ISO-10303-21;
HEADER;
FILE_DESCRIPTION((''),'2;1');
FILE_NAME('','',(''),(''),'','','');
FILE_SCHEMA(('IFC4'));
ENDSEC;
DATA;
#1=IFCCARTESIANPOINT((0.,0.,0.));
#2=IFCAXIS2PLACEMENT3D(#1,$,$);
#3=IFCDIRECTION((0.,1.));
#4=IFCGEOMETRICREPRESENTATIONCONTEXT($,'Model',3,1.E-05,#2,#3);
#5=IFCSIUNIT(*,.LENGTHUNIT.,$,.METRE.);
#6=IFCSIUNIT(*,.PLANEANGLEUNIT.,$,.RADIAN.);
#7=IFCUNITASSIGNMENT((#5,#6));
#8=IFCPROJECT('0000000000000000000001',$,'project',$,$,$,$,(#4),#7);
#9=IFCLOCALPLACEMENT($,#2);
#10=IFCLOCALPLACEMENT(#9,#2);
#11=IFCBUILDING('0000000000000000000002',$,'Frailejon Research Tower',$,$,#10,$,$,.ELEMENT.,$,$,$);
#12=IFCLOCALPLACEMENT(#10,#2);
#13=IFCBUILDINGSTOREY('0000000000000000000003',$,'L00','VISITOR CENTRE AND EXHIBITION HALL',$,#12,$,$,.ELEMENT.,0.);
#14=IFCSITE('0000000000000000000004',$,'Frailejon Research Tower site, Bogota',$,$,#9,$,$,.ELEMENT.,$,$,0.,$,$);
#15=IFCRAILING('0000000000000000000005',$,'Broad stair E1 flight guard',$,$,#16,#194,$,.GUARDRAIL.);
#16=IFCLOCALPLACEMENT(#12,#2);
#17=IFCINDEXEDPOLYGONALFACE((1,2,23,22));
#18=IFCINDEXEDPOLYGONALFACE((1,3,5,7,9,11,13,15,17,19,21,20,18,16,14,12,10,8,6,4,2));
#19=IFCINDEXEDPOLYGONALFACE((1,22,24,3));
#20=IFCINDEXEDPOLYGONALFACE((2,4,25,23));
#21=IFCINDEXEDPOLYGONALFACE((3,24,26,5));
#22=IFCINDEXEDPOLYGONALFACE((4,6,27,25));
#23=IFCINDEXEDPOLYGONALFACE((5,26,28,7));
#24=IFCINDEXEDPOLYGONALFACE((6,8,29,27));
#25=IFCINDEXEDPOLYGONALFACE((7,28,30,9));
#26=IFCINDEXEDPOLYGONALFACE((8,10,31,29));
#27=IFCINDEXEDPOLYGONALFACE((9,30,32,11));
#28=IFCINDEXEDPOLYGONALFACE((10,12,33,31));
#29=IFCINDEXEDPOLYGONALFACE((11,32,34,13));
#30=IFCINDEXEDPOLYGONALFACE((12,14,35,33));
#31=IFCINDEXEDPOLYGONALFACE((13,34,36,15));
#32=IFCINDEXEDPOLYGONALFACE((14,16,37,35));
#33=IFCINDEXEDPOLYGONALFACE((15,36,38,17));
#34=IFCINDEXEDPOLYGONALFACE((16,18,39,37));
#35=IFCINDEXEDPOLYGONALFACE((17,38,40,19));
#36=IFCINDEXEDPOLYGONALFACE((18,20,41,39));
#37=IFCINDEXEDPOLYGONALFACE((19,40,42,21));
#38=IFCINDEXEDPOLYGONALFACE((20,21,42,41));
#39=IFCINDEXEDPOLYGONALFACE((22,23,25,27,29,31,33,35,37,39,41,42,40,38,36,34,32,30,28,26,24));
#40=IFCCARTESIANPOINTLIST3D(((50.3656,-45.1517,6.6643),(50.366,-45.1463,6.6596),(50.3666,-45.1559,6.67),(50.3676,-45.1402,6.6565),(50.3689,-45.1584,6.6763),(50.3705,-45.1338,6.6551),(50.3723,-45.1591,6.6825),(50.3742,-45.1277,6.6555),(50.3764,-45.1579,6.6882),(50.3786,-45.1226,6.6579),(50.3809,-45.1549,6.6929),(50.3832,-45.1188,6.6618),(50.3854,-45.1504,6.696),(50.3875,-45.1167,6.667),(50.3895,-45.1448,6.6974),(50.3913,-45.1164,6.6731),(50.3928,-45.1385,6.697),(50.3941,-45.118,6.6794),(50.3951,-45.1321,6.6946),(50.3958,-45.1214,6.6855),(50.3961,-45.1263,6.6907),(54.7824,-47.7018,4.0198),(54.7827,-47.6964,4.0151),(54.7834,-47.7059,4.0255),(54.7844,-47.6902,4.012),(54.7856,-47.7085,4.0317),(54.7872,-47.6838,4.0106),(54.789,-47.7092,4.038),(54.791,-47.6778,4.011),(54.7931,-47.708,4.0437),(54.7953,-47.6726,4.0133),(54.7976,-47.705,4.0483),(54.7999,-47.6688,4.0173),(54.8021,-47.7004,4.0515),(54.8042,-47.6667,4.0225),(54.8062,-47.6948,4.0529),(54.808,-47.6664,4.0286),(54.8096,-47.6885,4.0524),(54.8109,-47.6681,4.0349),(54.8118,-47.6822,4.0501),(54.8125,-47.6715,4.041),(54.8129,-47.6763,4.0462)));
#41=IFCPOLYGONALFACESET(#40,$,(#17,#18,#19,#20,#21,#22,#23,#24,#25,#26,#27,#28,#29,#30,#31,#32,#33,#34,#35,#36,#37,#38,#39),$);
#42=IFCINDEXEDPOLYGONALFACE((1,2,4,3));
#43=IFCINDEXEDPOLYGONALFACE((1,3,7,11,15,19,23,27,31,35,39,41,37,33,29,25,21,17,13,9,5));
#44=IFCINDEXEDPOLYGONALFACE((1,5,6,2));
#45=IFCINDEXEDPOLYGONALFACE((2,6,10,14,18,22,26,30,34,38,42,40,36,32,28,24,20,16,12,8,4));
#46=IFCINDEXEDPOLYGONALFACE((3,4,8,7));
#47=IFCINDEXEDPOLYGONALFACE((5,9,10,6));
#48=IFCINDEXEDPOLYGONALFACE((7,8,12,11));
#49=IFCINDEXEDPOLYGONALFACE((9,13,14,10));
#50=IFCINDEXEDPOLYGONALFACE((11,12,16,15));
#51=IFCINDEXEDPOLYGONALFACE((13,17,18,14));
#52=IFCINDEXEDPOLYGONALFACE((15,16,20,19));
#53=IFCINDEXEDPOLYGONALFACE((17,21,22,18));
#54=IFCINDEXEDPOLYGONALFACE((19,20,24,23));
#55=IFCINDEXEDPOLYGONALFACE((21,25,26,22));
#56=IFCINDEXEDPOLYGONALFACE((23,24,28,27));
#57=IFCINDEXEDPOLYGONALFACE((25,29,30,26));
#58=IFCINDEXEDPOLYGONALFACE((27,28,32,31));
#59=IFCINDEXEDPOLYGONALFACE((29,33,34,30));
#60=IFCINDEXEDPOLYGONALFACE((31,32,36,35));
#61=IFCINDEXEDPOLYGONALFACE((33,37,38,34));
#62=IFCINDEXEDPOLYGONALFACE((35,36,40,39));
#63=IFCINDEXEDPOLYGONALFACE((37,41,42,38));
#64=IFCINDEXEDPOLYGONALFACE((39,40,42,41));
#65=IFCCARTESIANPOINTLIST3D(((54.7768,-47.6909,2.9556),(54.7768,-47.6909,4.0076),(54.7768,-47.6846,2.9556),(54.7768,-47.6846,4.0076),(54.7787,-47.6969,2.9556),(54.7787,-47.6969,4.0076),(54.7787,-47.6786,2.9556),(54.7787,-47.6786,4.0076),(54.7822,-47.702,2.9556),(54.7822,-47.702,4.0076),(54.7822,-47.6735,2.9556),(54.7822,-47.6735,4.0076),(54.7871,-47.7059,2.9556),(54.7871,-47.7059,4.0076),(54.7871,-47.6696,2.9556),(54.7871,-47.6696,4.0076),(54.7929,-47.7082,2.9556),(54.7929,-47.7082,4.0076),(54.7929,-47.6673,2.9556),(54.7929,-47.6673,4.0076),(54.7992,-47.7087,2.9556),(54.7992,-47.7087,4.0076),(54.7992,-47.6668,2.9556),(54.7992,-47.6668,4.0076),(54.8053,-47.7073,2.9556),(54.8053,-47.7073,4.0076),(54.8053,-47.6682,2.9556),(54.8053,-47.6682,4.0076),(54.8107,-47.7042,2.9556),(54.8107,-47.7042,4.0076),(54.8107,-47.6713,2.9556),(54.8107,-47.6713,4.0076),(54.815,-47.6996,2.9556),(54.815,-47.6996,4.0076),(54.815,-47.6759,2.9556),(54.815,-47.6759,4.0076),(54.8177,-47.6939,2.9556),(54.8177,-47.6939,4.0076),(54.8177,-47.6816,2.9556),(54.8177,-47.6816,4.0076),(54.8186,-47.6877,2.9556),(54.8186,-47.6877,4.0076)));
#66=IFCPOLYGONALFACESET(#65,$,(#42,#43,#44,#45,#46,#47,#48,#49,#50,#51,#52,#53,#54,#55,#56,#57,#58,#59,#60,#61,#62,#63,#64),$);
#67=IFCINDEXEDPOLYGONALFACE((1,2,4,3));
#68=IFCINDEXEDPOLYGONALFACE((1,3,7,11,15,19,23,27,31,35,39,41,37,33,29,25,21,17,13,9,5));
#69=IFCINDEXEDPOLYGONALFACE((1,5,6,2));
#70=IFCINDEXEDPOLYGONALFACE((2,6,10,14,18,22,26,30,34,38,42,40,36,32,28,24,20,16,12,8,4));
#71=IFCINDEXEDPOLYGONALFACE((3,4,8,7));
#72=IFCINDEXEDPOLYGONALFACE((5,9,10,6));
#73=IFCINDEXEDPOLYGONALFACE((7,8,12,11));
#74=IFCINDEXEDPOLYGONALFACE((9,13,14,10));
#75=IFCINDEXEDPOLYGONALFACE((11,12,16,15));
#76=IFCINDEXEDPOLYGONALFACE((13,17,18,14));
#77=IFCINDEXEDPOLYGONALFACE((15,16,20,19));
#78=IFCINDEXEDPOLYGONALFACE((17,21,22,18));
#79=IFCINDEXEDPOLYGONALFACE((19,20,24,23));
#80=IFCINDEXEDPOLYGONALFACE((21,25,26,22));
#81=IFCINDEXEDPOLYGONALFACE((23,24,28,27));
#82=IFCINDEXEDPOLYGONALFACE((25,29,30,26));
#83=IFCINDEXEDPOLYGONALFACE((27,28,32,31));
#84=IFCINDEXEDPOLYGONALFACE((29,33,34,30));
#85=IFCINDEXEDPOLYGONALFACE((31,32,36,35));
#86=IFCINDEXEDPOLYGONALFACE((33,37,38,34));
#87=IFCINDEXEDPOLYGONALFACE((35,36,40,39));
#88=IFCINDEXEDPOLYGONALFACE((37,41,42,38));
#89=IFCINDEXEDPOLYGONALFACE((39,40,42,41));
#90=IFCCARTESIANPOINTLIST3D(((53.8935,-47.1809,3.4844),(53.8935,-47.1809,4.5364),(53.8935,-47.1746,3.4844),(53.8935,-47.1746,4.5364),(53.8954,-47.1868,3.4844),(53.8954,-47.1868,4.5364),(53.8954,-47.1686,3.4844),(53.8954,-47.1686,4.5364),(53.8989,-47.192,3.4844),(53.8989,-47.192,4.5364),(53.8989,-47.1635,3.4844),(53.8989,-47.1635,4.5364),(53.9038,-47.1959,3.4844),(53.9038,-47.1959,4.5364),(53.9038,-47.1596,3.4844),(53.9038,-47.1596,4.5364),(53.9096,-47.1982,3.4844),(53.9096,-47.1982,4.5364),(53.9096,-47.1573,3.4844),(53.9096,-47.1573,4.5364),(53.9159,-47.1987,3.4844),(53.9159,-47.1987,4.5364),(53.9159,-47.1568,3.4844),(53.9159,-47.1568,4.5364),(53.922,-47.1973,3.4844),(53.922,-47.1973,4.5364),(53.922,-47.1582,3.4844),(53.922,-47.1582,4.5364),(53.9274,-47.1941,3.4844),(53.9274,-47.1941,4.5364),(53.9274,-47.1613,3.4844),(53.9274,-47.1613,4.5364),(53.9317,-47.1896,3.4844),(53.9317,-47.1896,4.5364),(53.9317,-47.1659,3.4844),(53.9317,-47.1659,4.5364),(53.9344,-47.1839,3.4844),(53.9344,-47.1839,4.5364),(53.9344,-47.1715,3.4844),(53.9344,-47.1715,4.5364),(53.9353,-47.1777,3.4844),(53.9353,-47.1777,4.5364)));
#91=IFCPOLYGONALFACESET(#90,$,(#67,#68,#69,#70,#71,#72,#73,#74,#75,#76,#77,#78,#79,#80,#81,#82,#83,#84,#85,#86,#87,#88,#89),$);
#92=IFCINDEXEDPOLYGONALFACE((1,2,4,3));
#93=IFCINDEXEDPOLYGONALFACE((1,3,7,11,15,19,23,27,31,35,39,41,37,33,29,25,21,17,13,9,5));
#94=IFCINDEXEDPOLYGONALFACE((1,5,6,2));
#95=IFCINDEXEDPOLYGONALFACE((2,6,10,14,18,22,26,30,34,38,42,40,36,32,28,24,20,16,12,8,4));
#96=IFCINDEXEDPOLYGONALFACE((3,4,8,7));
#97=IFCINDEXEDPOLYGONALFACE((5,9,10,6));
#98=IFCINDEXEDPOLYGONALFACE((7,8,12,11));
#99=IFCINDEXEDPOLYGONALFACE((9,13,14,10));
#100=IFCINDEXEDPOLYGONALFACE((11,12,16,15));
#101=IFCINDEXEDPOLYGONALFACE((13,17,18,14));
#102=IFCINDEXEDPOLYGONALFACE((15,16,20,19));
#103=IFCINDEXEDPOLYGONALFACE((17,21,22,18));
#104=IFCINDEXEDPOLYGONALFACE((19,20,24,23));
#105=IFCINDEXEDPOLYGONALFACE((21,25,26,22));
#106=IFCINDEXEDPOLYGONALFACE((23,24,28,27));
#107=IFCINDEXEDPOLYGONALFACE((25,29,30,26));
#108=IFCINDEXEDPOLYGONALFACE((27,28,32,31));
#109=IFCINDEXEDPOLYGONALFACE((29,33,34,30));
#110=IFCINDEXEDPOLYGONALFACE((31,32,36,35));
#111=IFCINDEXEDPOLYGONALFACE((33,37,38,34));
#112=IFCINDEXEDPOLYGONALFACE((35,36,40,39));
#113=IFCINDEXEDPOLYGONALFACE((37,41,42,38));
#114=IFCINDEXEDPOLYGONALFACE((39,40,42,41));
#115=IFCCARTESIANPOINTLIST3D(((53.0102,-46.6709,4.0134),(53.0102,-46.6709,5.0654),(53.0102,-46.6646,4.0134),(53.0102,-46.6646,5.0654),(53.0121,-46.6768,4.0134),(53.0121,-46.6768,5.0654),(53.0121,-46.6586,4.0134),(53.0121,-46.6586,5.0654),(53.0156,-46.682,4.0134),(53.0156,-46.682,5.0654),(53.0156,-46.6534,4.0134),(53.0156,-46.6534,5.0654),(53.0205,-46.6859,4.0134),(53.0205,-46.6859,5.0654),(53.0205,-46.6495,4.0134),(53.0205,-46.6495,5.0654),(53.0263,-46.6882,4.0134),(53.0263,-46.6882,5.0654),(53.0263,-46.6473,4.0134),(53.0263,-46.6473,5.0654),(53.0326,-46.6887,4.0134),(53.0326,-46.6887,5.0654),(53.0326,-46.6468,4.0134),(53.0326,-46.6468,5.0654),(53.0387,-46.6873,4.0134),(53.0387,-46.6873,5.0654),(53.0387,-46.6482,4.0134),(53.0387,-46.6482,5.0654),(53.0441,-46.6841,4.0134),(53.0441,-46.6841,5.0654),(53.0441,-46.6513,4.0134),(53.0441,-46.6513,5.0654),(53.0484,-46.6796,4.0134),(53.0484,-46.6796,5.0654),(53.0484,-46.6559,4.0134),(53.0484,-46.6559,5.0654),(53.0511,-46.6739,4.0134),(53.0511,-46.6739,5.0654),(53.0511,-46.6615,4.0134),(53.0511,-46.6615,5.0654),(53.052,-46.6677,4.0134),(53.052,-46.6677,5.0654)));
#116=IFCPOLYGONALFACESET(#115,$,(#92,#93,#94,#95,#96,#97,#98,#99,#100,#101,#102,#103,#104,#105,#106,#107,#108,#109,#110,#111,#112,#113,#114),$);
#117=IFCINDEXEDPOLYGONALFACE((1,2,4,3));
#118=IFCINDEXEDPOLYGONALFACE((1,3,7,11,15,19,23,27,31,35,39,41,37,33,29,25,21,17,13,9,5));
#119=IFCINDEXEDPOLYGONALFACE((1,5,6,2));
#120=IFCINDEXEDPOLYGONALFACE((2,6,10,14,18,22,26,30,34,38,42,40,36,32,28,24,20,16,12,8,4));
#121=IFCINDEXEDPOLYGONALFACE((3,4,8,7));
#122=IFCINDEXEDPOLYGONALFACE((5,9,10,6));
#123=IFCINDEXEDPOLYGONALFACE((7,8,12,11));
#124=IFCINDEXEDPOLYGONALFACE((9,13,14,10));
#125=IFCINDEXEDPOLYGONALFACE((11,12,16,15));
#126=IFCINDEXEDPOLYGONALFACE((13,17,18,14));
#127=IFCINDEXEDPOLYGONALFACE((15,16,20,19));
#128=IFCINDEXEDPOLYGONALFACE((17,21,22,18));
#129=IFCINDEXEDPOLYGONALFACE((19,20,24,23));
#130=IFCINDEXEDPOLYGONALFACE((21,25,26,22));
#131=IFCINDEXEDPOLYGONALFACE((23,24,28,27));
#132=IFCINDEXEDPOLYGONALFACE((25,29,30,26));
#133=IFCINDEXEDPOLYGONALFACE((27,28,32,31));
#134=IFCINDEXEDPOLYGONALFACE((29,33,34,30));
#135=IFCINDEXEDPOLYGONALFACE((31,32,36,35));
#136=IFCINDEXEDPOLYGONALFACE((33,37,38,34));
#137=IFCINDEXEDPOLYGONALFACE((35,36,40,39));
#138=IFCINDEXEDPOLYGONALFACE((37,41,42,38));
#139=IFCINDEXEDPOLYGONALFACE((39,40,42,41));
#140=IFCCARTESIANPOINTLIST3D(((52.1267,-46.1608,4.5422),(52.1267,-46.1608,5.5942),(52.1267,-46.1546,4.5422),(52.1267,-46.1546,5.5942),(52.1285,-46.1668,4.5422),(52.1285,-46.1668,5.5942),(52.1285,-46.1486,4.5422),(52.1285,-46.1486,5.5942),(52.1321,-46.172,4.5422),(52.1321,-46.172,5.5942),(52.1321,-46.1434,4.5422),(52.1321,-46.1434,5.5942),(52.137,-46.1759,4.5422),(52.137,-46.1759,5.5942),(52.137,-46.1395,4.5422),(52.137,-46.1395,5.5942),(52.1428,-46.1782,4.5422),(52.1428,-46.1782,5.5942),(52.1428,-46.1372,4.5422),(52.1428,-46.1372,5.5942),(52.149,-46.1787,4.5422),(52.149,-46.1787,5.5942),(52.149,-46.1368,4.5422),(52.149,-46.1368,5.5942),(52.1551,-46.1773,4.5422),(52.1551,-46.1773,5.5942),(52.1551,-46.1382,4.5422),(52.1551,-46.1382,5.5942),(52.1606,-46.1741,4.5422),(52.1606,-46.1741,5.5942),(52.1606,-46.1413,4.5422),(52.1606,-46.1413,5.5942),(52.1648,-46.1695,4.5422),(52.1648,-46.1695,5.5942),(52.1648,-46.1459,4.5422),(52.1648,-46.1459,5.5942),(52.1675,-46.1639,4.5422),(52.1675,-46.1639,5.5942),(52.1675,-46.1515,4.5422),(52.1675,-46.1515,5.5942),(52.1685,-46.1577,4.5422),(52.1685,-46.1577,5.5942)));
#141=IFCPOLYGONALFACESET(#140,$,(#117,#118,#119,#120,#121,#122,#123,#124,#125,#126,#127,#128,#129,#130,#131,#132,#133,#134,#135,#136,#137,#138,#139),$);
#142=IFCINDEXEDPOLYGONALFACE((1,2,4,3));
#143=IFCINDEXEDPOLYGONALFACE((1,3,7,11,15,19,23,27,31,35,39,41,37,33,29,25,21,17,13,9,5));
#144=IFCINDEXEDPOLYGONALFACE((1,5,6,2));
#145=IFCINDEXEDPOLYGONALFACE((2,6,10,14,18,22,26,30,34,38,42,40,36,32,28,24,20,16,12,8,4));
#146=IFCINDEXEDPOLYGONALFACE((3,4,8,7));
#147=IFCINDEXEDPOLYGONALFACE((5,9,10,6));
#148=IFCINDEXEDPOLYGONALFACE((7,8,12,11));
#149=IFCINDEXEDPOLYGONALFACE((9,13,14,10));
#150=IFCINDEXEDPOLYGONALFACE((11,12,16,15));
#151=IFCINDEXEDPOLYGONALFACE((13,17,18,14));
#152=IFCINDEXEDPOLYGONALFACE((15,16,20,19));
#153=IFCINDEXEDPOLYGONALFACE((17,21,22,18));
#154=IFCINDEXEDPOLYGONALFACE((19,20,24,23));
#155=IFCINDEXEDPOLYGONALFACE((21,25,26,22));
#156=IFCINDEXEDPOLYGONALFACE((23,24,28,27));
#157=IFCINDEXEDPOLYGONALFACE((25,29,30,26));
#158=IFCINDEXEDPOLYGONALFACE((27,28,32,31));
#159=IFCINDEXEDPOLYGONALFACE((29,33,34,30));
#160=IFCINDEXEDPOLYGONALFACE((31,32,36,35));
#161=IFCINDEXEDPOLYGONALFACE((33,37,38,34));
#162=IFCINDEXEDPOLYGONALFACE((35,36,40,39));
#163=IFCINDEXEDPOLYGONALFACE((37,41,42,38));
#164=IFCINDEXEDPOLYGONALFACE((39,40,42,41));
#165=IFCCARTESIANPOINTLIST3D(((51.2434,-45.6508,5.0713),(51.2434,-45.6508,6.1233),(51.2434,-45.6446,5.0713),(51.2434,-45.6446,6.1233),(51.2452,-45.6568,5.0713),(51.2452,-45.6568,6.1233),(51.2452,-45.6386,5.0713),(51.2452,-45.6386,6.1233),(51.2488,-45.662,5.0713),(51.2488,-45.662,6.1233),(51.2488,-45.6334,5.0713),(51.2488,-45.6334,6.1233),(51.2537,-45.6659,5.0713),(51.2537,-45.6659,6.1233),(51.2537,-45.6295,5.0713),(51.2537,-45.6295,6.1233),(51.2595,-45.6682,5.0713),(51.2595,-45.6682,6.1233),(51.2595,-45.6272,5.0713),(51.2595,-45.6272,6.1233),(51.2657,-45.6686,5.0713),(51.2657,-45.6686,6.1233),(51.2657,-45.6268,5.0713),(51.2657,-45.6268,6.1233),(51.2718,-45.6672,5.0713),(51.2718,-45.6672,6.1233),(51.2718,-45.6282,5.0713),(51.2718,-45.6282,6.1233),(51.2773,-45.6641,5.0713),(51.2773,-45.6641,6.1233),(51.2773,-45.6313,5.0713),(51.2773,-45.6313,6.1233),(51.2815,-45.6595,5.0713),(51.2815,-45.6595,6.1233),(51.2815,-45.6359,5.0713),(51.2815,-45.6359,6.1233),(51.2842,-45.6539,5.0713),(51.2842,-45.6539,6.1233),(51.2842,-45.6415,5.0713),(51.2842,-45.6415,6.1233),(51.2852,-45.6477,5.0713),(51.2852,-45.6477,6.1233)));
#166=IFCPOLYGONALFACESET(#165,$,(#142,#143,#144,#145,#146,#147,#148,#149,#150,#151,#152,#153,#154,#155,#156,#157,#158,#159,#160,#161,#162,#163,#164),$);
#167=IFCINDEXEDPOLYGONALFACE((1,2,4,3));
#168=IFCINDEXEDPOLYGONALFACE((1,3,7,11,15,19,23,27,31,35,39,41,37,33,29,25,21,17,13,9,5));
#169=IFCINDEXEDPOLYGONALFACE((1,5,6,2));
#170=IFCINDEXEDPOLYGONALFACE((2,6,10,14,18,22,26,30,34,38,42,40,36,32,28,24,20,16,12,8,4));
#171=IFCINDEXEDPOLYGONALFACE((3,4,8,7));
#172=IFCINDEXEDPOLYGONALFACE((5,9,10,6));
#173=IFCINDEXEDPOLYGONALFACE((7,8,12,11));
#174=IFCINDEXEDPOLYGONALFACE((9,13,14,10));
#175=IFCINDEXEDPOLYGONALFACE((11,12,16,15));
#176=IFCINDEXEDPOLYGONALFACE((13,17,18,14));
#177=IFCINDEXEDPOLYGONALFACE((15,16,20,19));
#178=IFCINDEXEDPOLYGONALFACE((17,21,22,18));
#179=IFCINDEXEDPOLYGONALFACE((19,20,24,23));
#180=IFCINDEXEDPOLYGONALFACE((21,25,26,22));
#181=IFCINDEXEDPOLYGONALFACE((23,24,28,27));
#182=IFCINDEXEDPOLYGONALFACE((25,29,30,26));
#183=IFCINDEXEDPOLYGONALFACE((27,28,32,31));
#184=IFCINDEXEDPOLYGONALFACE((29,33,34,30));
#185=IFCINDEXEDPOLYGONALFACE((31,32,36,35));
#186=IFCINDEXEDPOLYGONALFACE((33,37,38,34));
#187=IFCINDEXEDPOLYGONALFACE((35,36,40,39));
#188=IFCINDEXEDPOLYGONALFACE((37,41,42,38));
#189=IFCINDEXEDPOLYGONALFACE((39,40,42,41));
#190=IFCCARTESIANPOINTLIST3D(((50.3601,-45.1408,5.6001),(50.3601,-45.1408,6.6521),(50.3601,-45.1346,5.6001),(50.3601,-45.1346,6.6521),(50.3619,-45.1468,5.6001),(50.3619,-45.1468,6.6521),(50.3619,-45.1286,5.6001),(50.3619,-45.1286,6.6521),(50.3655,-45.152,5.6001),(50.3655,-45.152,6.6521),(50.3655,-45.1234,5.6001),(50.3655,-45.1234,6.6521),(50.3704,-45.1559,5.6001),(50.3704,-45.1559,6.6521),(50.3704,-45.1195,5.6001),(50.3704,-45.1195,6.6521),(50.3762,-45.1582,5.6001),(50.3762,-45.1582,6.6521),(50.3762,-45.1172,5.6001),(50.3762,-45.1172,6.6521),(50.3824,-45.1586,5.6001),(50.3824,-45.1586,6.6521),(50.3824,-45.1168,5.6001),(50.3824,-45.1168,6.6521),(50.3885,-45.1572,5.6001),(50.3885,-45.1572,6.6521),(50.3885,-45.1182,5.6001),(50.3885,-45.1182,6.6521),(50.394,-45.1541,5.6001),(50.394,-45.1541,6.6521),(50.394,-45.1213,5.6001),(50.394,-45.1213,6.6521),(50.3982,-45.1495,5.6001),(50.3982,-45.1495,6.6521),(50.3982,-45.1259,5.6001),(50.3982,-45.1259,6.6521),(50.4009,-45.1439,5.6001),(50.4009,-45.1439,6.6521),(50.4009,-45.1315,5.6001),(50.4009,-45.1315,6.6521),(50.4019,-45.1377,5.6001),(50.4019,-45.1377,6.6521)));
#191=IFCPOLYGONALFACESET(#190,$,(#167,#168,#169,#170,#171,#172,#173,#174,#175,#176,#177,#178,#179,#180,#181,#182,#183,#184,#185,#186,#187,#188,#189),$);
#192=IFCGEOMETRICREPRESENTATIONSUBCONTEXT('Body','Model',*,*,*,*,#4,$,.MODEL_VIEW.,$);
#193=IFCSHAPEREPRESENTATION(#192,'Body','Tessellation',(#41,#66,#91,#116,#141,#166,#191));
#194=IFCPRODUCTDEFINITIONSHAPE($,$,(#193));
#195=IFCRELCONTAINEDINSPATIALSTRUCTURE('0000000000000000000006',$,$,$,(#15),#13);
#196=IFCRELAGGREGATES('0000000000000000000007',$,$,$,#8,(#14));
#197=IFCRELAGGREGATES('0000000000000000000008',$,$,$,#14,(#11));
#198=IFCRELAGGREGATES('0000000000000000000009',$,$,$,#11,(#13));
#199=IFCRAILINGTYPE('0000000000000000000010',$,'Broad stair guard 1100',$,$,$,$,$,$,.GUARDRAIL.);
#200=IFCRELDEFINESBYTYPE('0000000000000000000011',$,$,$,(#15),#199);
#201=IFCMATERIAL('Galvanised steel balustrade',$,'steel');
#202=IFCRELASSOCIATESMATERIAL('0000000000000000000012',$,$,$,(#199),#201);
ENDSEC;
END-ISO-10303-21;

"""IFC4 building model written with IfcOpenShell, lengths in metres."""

from ifc_helpers import new_model, si_unit, direction, frame, origin, origin_2d, place, context, subcontext, project, spatial, circle, extrude, material, type_object, element, save


model = new_model("IFC4")

# Units and contexts
model_context = context("Model", 3, precision=1e-05, world=origin(), true_north=direction((0.0, 1.0)))
body_context = subcontext(model_context, "Body", "Model", "MODEL_VIEW")
ifc_project = project(units=[si_unit("LENGTHUNIT", "METRE"), si_unit("PLANEANGLEUNIT", "RADIAN")], contexts=[model_context])

# Site, building, storey
site_placement = place(None, origin())
site = spatial("IfcSite", under=ifc_project, at=site_placement, Name="Frailejon Research Tower site, Bogota", CompositionType="ELEMENT", RefElevation=0.0)
building_placement = place(site_placement, origin())
building = spatial("IfcBuilding", under=site, at=building_placement, Name="Frailejon Research Tower", CompositionType="ELEMENT")
storey_placement = place(building_placement, origin())
storey = spatial("IfcBuildingStorey", under=building, at=storey_placement, Name="L00", Description="VISITOR CENTRE AND EXHIBITION HALL", CompositionType="ELEMENT", Elevation=0.0)

# Railing
ifc_material_1 = material(Name="Galvanised steel balustrade", Category="steel")
railing_type_1 = type_object("IfcRailingType", Name="Broad stair guard 1100", PredefinedType="GUARDRAIL", material=ifc_material_1)
for number, where, name in (
    (1, (54.7976, -47.6877, 2.9556), "Broad stair E1 flight guard"),
):
    element("IfcRailing", number, at=place(storey_placement, frame(where)), inside=storey, type_object=railing_type_1, Name=name, PredefinedType="GUARDRAIL", context=body_context, shape_type="SweptSolid", body=[
        extrude(circle(Radius=0.0239, at=origin_2d()), frame((0.0, 0.0, 1.0762), z_axis=(-0.768811, 0.44388, 0.460326), x_axis=(-0.500006, -0.866022, 0.0)), (0.0, 0.0, 1.0), 5.7449),
        extrude(circle(Radius=0.021, at=origin_2d()), origin(), (0.0, 0.0, 1.0), 1.052),
        extrude(circle(Radius=0.021, at=origin_2d()), frame((-0.8833, 0.51, 0.5288)), (0.0, 0.0, 1.0), 1.052),
        extrude(circle(Radius=0.021, at=origin_2d()), frame((-1.7666, 1.02, 1.0579)), (0.0, 0.0, 1.0), 1.052),
        extrude(circle(Radius=0.021, at=origin_2d()), frame((-2.6501, 1.53, 1.5867)), (0.0, 0.0, 1.0), 1.052),
        extrude(circle(Radius=0.021, at=origin_2d()), frame((-3.5334, 2.04, 2.1157)), (0.0, 0.0, 1.0), 1.052),
        extrude(circle(Radius=0.021, at=origin_2d()), frame((-4.4167, 2.55, 2.6445)), (0.0, 0.0, 1.0), 1.052),
    ])

save(model, "model.ifc")
